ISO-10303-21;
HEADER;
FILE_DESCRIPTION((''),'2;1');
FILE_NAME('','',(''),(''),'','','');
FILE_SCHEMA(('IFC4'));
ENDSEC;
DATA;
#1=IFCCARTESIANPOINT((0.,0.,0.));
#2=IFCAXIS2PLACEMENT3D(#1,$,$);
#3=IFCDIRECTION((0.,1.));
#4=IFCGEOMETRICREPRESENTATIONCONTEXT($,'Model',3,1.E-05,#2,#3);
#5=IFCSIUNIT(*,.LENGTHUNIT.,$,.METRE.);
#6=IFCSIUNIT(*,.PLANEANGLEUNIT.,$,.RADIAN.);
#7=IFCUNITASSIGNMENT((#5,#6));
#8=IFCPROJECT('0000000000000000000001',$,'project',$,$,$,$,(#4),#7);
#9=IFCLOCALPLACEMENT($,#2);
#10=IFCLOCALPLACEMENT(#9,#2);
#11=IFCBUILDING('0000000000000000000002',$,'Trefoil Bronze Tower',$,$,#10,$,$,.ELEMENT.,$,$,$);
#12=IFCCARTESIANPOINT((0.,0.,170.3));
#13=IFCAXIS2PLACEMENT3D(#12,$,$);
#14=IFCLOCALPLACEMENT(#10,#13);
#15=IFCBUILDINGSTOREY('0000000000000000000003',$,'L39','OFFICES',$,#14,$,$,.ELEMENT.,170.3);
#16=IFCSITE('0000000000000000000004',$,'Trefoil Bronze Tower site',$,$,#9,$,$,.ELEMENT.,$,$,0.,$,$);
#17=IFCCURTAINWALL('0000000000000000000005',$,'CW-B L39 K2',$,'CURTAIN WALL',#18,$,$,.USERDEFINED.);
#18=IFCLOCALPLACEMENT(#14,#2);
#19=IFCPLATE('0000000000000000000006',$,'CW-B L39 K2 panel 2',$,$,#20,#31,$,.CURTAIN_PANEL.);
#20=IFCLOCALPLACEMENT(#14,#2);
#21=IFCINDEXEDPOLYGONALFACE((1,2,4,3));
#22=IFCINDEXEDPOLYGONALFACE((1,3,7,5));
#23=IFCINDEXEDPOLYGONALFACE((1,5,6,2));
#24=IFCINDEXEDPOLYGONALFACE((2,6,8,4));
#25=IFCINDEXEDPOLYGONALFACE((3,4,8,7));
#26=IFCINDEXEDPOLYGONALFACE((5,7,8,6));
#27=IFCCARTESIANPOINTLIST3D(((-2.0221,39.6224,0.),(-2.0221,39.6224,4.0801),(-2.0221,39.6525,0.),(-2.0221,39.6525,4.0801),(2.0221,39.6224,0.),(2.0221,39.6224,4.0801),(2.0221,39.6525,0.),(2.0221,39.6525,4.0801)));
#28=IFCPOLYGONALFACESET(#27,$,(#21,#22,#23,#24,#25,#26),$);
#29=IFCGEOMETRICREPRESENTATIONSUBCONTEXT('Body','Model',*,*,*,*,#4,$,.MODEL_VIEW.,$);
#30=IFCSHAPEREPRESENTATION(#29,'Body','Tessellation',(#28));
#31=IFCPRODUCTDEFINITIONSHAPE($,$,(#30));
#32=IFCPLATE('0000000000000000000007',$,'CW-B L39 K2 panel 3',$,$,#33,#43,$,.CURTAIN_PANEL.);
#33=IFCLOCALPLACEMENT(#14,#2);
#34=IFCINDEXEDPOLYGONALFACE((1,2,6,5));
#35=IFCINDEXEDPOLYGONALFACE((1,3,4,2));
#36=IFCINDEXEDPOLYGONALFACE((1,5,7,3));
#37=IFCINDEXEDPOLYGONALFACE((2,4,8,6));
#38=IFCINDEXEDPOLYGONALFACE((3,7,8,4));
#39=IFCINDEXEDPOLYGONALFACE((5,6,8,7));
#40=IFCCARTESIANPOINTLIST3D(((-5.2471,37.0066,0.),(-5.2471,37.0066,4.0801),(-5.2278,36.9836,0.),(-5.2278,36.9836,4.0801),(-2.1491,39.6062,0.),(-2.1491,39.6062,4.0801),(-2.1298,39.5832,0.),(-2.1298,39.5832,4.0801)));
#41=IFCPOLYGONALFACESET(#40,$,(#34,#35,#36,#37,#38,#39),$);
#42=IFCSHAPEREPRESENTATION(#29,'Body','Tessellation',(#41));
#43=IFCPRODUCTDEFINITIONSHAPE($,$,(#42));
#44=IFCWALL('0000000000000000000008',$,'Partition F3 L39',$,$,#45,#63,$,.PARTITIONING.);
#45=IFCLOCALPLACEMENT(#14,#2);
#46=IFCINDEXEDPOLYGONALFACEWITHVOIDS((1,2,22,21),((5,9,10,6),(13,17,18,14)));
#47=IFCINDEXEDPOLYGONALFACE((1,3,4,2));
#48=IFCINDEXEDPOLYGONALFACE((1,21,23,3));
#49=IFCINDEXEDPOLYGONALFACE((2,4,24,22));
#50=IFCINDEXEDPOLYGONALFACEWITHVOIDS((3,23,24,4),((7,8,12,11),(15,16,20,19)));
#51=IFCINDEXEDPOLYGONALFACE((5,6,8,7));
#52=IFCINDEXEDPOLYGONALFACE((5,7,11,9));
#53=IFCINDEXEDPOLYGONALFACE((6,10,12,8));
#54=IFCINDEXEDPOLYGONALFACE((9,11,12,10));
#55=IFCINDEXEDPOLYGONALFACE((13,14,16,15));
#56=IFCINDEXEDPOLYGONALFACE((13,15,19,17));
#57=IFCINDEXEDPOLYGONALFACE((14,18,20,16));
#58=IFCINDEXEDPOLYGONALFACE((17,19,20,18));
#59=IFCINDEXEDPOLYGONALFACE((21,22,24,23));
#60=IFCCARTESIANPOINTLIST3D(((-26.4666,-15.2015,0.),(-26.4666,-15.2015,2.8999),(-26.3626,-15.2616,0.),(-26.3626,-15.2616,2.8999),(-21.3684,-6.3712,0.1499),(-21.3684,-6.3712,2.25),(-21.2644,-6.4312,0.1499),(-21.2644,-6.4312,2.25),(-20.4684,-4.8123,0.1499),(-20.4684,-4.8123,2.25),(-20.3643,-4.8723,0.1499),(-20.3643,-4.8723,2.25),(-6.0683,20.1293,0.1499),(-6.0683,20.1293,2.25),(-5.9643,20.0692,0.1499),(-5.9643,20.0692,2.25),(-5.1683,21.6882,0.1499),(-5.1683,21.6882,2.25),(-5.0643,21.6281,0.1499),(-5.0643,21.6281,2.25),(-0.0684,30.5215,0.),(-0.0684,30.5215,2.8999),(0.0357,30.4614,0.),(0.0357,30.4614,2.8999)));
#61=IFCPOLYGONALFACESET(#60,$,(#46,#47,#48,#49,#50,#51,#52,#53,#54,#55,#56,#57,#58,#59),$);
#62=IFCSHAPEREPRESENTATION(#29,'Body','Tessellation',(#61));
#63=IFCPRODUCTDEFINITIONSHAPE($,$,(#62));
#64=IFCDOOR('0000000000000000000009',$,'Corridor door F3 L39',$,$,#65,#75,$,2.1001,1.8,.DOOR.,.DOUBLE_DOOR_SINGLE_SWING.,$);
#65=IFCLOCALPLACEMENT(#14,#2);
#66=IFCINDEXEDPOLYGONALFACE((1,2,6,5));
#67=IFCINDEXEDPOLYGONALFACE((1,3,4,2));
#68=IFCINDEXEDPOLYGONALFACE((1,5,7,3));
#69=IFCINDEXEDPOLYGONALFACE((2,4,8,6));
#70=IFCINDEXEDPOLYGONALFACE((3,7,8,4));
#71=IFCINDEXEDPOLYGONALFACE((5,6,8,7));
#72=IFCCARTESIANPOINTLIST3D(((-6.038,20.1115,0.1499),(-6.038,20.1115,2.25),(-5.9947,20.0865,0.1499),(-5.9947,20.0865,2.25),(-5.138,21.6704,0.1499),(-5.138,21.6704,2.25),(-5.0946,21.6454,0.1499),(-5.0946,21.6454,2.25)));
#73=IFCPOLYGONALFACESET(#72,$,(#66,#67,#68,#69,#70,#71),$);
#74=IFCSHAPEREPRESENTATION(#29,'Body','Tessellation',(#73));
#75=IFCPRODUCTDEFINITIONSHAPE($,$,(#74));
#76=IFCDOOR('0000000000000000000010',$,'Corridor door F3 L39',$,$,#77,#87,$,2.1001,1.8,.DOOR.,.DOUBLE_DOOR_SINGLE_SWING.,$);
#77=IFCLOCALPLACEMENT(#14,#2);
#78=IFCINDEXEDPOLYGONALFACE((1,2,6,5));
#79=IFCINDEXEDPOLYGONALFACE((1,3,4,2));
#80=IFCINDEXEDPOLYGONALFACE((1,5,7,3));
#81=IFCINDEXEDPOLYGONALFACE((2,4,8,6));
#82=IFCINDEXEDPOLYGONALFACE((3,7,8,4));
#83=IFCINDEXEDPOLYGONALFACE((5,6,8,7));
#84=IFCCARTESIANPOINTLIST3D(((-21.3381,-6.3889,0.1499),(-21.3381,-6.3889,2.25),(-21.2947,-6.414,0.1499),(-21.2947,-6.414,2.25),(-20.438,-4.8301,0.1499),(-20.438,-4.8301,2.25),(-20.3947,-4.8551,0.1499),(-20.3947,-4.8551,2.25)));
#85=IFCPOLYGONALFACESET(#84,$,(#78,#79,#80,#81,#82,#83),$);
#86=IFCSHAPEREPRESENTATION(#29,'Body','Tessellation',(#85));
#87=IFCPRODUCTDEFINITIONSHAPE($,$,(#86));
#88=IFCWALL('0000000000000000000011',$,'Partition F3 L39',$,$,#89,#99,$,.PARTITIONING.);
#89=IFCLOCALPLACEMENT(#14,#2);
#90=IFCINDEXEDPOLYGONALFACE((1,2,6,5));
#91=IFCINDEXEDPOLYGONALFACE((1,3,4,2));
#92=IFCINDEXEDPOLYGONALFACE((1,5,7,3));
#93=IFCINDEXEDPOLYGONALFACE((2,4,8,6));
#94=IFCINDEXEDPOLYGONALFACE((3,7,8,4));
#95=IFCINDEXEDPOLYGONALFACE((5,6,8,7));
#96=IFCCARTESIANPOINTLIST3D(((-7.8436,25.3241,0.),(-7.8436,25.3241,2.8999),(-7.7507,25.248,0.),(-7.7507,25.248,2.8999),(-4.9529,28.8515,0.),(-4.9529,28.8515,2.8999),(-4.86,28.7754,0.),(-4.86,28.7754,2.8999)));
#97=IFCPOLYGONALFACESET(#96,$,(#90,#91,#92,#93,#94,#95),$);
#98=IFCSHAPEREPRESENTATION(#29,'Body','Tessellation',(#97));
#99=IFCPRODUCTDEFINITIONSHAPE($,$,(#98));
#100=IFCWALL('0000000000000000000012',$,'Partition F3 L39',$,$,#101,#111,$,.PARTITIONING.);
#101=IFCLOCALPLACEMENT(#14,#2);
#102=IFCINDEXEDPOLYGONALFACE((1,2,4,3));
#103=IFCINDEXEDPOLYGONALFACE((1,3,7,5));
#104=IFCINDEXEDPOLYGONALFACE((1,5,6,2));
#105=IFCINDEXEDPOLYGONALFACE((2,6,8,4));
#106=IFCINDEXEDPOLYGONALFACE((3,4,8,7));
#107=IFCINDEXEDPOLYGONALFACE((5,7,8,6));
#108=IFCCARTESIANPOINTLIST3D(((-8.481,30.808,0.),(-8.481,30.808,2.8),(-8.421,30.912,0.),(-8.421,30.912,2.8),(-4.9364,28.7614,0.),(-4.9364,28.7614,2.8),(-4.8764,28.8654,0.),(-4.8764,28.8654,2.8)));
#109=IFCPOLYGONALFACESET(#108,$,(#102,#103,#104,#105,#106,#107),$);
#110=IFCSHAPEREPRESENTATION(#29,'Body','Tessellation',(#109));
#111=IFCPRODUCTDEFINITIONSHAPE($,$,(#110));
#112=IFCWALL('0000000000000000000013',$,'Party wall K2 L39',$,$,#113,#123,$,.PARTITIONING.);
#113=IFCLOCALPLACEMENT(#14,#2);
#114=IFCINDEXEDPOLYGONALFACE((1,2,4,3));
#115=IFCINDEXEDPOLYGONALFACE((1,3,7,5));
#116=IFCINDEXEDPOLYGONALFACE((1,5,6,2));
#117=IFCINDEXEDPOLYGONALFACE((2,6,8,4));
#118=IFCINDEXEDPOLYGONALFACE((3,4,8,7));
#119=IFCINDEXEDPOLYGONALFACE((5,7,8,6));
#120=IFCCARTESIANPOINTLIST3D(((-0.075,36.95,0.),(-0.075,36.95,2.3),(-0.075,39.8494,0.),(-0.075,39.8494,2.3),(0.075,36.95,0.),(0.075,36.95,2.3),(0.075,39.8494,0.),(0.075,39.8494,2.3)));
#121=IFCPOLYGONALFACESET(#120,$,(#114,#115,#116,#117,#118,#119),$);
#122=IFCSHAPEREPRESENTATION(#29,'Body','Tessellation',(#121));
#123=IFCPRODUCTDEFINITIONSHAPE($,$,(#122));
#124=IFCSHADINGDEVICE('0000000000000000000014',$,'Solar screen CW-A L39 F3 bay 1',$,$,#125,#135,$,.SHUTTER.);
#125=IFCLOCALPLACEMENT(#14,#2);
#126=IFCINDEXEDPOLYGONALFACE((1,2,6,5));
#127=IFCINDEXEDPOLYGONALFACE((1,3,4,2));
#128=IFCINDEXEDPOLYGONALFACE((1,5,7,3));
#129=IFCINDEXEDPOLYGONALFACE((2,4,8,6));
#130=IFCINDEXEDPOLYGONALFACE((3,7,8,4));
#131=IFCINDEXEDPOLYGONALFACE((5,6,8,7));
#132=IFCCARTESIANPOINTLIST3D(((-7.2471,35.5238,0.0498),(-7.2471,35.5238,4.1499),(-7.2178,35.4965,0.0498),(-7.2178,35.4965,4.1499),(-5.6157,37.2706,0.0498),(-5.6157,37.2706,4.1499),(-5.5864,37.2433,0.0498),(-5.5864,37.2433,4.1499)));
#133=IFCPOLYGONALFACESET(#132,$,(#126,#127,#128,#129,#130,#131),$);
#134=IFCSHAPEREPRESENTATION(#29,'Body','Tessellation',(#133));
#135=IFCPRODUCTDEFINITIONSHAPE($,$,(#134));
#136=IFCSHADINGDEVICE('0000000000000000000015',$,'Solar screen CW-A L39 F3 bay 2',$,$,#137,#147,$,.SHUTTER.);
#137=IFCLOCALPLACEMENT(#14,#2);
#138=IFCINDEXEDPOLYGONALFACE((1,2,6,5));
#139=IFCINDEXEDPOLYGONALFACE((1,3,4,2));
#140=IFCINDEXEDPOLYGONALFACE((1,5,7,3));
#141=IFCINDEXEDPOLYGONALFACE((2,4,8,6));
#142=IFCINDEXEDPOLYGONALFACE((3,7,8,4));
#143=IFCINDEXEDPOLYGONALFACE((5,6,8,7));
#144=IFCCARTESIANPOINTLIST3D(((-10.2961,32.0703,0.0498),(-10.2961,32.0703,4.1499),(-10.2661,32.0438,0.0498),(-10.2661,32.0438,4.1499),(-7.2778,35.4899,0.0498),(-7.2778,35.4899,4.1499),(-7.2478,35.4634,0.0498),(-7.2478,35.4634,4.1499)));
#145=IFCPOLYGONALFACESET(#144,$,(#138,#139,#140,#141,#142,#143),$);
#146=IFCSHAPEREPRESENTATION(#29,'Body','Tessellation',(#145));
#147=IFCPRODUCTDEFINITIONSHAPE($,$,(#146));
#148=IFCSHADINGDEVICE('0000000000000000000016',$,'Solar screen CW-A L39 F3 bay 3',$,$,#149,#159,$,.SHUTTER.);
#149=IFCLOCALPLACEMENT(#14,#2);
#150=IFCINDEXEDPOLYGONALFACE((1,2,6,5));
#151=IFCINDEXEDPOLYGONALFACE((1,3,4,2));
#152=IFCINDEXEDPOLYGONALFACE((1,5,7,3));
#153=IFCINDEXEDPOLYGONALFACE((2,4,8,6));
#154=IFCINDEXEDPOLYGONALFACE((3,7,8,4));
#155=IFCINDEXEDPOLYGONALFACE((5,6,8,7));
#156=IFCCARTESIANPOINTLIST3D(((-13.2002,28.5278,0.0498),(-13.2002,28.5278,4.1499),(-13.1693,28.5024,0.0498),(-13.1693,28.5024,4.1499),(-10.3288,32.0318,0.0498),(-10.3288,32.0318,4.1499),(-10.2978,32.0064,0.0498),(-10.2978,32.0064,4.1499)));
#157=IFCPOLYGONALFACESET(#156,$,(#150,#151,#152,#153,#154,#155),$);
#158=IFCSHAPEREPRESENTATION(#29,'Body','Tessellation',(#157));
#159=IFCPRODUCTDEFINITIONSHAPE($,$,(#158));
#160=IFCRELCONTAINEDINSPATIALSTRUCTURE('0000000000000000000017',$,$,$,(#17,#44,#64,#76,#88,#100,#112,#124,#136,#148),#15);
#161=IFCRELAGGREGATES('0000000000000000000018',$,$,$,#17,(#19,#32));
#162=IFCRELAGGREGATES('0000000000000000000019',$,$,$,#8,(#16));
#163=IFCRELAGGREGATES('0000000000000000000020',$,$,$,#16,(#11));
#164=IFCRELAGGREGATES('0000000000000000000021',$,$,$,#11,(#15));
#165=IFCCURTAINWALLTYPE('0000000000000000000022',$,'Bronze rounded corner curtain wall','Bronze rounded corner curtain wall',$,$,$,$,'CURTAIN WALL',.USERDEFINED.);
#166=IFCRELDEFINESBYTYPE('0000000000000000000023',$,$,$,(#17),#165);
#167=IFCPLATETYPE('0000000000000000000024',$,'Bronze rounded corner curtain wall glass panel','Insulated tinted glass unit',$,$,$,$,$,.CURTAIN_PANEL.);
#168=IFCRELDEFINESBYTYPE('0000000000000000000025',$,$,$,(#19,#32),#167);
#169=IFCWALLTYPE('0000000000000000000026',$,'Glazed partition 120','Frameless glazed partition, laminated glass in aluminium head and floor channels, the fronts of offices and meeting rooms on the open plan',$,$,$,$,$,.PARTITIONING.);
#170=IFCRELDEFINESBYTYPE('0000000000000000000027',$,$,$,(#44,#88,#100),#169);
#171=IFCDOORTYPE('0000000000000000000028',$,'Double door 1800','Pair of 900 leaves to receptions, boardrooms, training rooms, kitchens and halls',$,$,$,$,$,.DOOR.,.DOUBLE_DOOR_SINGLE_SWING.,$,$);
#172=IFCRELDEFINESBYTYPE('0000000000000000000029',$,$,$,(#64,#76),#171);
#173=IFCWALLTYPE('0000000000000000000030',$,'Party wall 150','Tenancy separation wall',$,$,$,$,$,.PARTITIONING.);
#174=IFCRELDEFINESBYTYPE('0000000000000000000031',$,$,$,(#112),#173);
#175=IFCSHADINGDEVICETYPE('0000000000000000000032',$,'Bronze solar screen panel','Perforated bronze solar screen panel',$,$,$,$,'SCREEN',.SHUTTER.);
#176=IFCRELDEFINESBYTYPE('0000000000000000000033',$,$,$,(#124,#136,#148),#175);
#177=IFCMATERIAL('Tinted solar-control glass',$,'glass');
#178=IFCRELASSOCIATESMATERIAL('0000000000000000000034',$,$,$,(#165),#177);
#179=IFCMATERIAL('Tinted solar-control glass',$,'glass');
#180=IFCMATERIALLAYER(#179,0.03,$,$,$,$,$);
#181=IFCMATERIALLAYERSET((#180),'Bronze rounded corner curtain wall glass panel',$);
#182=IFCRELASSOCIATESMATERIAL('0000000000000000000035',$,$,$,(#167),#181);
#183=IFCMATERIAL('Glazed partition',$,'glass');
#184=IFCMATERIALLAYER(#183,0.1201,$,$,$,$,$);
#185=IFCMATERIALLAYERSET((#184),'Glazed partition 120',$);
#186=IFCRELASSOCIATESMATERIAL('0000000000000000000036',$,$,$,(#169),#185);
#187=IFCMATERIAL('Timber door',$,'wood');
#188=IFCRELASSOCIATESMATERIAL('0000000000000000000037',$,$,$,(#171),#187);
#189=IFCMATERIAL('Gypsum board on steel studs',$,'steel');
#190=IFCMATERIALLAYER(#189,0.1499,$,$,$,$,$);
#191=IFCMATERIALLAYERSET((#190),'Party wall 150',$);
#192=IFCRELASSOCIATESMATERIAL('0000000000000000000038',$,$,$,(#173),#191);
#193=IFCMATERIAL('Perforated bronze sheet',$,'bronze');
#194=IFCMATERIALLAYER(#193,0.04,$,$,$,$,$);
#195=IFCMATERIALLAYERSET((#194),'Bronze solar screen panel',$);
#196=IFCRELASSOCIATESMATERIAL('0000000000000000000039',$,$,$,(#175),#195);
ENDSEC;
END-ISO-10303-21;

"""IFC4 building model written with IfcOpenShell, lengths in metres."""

from ifc_helpers import new_model, si_unit, direction, frame, frame_2d, origin, origin_2d, place, context, subcontext, project, spatial, rectangle, extrude, material, layer, layer_set, type_object, element, fill, aggregate, save


model = new_model("IFC4")

# Units and contexts
model_context = context("Model", 3, precision=1e-05, world=origin(), true_north=direction((0.0, 1.0)))
body_context = subcontext(model_context, "Body", "Model", "MODEL_VIEW")
ifc_project = project(units=[si_unit("LENGTHUNIT", "METRE"), si_unit("PLANEANGLEUNIT", "RADIAN")], contexts=[model_context])

# Site, building, storey
site_placement = place(None, origin())
site = spatial("IfcSite", under=ifc_project, at=site_placement, Name="Trefoil Bronze Tower site", CompositionType="ELEMENT", RefElevation=0.0)
building_placement = place(site_placement, origin())
building = spatial("IfcBuilding", under=site, at=building_placement, Name="Trefoil Bronze Tower", CompositionType="ELEMENT")
storey_placement = place(building_placement, frame((0.0, 0.0, 170.3)))
storey = spatial("IfcBuildingStorey", under=building, at=storey_placement, Name="L39", Description="OFFICES", CompositionType="ELEMENT", Elevation=170.3)

# Curtain wall
ifc_material_1 = material(Name="Tinted solar-control glass", Category="glass")
curtain_wall_type_1 = type_object("IfcCurtainWallType", Name="Bronze rounded corner curtain wall", Description="Bronze rounded corner curtain wall", ElementType="CURTAIN WALL", PredefinedType="USERDEFINED", material=ifc_material_1)
curtain_wall_1_placement = place(storey_placement, origin())
curtain_wall_1 = element("IfcCurtainWall", 1, at=curtain_wall_1_placement, inside=storey, type_object=curtain_wall_type_1, Name="CW-B L39 K2", ObjectType="CURTAIN WALL", PredefinedType="USERDEFINED")

# Plates
ifc_material_2 = material(Name="Tinted solar-control glass", Category="glass")
ifc_layer_1 = layer(ifc_material_2, 0.03)
ifc_layer_set_1 = layer_set([ifc_layer_1], Name="Bronze rounded corner curtain wall glass panel")
plate_type_1 = type_object("IfcPlateType", Name="Bronze rounded corner curtain wall glass panel", Description="Insulated tinted glass unit", PredefinedType="CURTAIN_PANEL", material=ifc_layer_set_1)
plate_1_placement = place(storey_placement, frame((0.0, 39.6375, 0.0), z_axis=(0.0, 0.0, 1.0), x_axis=(-1.0, 0.0, 0.0)))
plate_1 = element("IfcPlate", 2, at=plate_1_placement, type_object=plate_type_1, Name="CW-B L39 K2 panel 2", PredefinedType="CURTAIN_PANEL", context=body_context, shape_type="SweptSolid", body=[
    extrude(rectangle(XDim=4.0442, YDim=0.03, at=origin_2d()), origin(), (0.0, 0.0, 1.0), 4.0801),
])
plate_2_placement = place(storey_placement, frame((-3.6885, 38.2949, 0.0), z_axis=(0.0, 0.0, 1.0), x_axis=(-0.766044, -0.642788, 0.0)))
plate_2 = element("IfcPlate", 3, at=plate_2_placement, type_object=plate_type_1, Name="CW-B L39 K2 panel 3", PredefinedType="CURTAIN_PANEL", context=body_context, shape_type="SweptSolid", body=[
    extrude(rectangle(XDim=4.0442, YDim=0.03, at=origin_2d()), origin(), (0.0, 0.0, 1.0), 4.0801),
])
aggregate(curtain_wall_1, [plate_1, plate_2])

# Wall, openings, doors
ifc_material_3 = material(Name="Glazed partition", Category="glass")
ifc_layer_2 = layer(ifc_material_3, 0.1201)
ifc_layer_set_2 = layer_set([ifc_layer_2], Name="Glazed partition 120")
wall_type_1 = type_object("IfcWallType", Name="Glazed partition 120", Description="Frameless glazed partition, laminated glass in aluminium head and floor channels, the fronts of offices and meeting rooms on the open plan", PredefinedType="PARTITIONING", material=ifc_layer_set_2)
wall_1_placement = place(storey_placement, frame((-0.0164, 30.4915, 0.0), z_axis=(0.0, 0.0, 1.0), x_axis=(-0.500001, -0.866025, 0.0)))
wall_1 = element("IfcWall", 4, at=wall_1_placement, inside=storey, type_object=wall_type_1, Name="Partition F3 L39", PredefinedType="PARTITIONING", context=body_context, shape_type="SweptSolid", body=[
    extrude(rectangle(XDim=52.7964, YDim=0.1201, at=frame_2d((26.3982, 0.0))), origin(), (0.0, 0.0, 1.0), 2.8999),
])
opening_1_placement = place(wall_1_placement, frame((10.2, 0.0, 0.1499)))
opening_1 = element("IfcOpeningElement", 5, at=opening_1_placement, cuts=wall_1, PredefinedType="OPENING", context=body_context, shape_type="SweptSolid", body=[
    extrude(rectangle(XDim=1.8, YDim=2.1001, at=frame_2d((0.8999, 1.05))), frame((0.0, 0.0701, 0.0), z_axis=(0.0, -1.0, 0.0), x_axis=(1.0, 0.0, 0.0)), (0.0, 0.0, 1.0), 0.1401),
])
opening_2_placement = place(wall_1_placement, frame((40.8, 0.0, 0.1499)))
opening_2 = element("IfcOpeningElement", 6, at=opening_2_placement, cuts=wall_1, PredefinedType="OPENING", context=body_context, shape_type="SweptSolid", body=[
    extrude(rectangle(XDim=1.8, YDim=2.1001, at=frame_2d((0.8999, 1.05))), frame((0.0, 0.0701, 0.0), z_axis=(0.0, -1.0, 0.0), x_axis=(1.0, 0.0, 0.0)), (0.0, 0.0, 1.0), 0.1401),
])
ifc_material_4 = material(Name="Timber door", Category="wood")
door_type = type_object("IfcDoorType", Name="Double door 1800", Description="Pair of 900 leaves to receptions, boardrooms, training rooms, kitchens and halls", OperationType="DOUBLE_DOOR_SINGLE_SWING", PredefinedType="DOOR", material=ifc_material_4)
door_1_placement = place(opening_1_placement, frame((1.8, 0.0, 0.0), z_axis=(0.0, 0.0, 1.0), x_axis=(-1.0, 0.0, 0.0)))
door_1 = element("IfcDoor", 7, at=door_1_placement, inside=storey, type_object=door_type, Name="Corridor door F3 L39", OperationType="DOUBLE_DOOR_SINGLE_SWING", OverallHeight=2.1001, OverallWidth=1.8, PredefinedType="DOOR", context=body_context, shape_type="SweptSolid", body=[
    extrude(rectangle(XDim=1.8, YDim=2.1001, at=frame_2d((0.8999, 1.05))), frame((0.0, 0.0249, 0.0), z_axis=(0.0, -1.0, 0.0), x_axis=(1.0, 0.0, 0.0)), (0.0, 0.0, 1.0), 0.05),
])
fill(opening_1, door_1)
door_2_placement = place(opening_2_placement, frame((1.8, 0.0, 0.0), z_axis=(0.0, 0.0, 1.0), x_axis=(-1.0, 0.0, 0.0)))
door_2 = element("IfcDoor", 8, at=door_2_placement, inside=storey, type_object=door_type, Name="Corridor door F3 L39", OperationType="DOUBLE_DOOR_SINGLE_SWING", OverallHeight=2.1001, OverallWidth=1.8, PredefinedType="DOOR", context=body_context, shape_type="SweptSolid", body=[
    extrude(rectangle(XDim=1.8, YDim=2.1001, at=frame_2d((0.8999, 1.05))), frame((0.0, 0.0249, 0.0), z_axis=(0.0, -1.0, 0.0), x_axis=(1.0, 0.0, 0.0)), (0.0, 0.0, 1.0), 0.05),
])
fill(opening_2, door_2)

# Walls
wall_2_placement = place(storey_placement, frame((-4.9065, 28.8135, 0.0), z_axis=(0.0, 0.0, 1.0), x_axis=(-0.633844, -0.773461, 0.0)))
element("IfcWall", 9, at=wall_2_placement, inside=storey, type_object=wall_type_1, Name="Partition F3 L39", PredefinedType="PARTITIONING", context=body_context, shape_type="SweptSolid", body=[
    extrude(rectangle(XDim=4.5605, YDim=0.1201, at=frame_2d((2.2803, 0.0))), origin(), (0.0, 0.0, 1.0), 2.8999),
])
wall_3_placement = place(storey_placement, frame((-4.9065, 28.8135, 0.0), z_axis=(0.0, 0.0, 1.0), x_axis=(-0.866014, 0.50002, 0.0)))
element("IfcWall", 10, at=wall_3_placement, inside=storey, type_object=wall_type_1, Name="Partition F3 L39", PredefinedType="PARTITIONING", context=body_context, shape_type="SweptSolid", body=[
    extrude(rectangle(XDim=4.093, YDim=0.1201, at=frame_2d((2.0464, 0.0))), origin(), (0.0, 0.0, 1.0), 2.8),
])
ifc_material_5 = material(Name="Gypsum board on steel studs", Category="steel")
ifc_layer_3 = layer(ifc_material_5, 0.1499)
ifc_layer_set_3 = layer_set([ifc_layer_3], Name="Party wall 150")
wall_type_2 = type_object("IfcWallType", Name="Party wall 150", Description="Tenancy separation wall", PredefinedType="PARTITIONING", material=ifc_layer_set_3)
wall_4_placement = place(storey_placement, frame((0.0, 36.95, 0.0), z_axis=(0.0, 0.0, 1.0), x_axis=(0.0, 1.0, 0.0)))
element("IfcWall", 11, at=wall_4_placement, inside=storey, type_object=wall_type_2, Name="Party wall K2 L39", PredefinedType="PARTITIONING", context=body_context, shape_type="SweptSolid", body=[
    extrude(rectangle(XDim=2.8994, YDim=0.1499, at=frame_2d((1.4497, 0.0))), origin(), (0.0, 0.0, 1.0), 2.3),
])

# Shading devices
ifc_material_6 = material(Name="Perforated bronze sheet", Category="bronze")
ifc_layer_4 = layer(ifc_material_6, 0.04)
ifc_layer_set_4 = layer_set([ifc_layer_4], Name="Bronze solar screen panel")
shading_device_type = type_object("IfcShadingDeviceType", Name="Bronze solar screen panel", Description="Perforated bronze solar screen panel", ElementType="SCREEN", PredefinedType="SHUTTER", material=ifc_layer_set_4)
shading_device_1_placement = place(storey_placement, frame((-6.4167, 36.3835, 0.0498), z_axis=(0.0, 0.0, 1.0), x_axis=(-0.682536, -0.730852, 0.0)))
element("IfcShadingDevice", 12, at=shading_device_1_placement, inside=storey, type_object=shading_device_type, Name="Solar screen CW-A L39 F3 bay 1", PredefinedType="SHUTTER", context=body_context, shape_type="SweptSolid", body=[
    extrude(rectangle(XDim=2.3901, YDim=0.04, at=origin_2d()), origin(), (0.0, 0.0, 1.0), 4.1001),
])
shading_device_2_placement = place(storey_placement, frame((-8.772, 33.7668, 0.0498), z_axis=(0.0, 0.0, 1.0), x_axis=(-0.661751, -0.749723, 0.0)))
element("IfcShadingDevice", 13, at=shading_device_2_placement, inside=storey, type_object=shading_device_type, Name="Solar screen CW-A L39 F3 bay 2", PredefinedType="SHUTTER", context=body_context, shape_type="SweptSolid", body=[
    extrude(rectangle(XDim=4.561, YDim=0.04, at=origin_2d()), origin(), (0.0, 0.0, 1.0), 4.1001),
])
shading_device_3_placement = place(storey_placement, frame((-11.749, 30.2671, 0.0498), z_axis=(0.0, 0.0, 1.0), x_axis=(-0.63384, -0.773464, 0.0)))
element("IfcShadingDevice", 14, at=shading_device_3_placement, inside=storey, type_object=shading_device_type, Name="Solar screen CW-A L39 F3 bay 3", PredefinedType="SHUTTER", context=body_context, shape_type="SweptSolid", body=[
    extrude(rectangle(XDim=4.5303, YDim=0.04, at=origin_2d()), origin(), (0.0, 0.0, 1.0), 4.1001),
])

save(model, "model.ifc")
